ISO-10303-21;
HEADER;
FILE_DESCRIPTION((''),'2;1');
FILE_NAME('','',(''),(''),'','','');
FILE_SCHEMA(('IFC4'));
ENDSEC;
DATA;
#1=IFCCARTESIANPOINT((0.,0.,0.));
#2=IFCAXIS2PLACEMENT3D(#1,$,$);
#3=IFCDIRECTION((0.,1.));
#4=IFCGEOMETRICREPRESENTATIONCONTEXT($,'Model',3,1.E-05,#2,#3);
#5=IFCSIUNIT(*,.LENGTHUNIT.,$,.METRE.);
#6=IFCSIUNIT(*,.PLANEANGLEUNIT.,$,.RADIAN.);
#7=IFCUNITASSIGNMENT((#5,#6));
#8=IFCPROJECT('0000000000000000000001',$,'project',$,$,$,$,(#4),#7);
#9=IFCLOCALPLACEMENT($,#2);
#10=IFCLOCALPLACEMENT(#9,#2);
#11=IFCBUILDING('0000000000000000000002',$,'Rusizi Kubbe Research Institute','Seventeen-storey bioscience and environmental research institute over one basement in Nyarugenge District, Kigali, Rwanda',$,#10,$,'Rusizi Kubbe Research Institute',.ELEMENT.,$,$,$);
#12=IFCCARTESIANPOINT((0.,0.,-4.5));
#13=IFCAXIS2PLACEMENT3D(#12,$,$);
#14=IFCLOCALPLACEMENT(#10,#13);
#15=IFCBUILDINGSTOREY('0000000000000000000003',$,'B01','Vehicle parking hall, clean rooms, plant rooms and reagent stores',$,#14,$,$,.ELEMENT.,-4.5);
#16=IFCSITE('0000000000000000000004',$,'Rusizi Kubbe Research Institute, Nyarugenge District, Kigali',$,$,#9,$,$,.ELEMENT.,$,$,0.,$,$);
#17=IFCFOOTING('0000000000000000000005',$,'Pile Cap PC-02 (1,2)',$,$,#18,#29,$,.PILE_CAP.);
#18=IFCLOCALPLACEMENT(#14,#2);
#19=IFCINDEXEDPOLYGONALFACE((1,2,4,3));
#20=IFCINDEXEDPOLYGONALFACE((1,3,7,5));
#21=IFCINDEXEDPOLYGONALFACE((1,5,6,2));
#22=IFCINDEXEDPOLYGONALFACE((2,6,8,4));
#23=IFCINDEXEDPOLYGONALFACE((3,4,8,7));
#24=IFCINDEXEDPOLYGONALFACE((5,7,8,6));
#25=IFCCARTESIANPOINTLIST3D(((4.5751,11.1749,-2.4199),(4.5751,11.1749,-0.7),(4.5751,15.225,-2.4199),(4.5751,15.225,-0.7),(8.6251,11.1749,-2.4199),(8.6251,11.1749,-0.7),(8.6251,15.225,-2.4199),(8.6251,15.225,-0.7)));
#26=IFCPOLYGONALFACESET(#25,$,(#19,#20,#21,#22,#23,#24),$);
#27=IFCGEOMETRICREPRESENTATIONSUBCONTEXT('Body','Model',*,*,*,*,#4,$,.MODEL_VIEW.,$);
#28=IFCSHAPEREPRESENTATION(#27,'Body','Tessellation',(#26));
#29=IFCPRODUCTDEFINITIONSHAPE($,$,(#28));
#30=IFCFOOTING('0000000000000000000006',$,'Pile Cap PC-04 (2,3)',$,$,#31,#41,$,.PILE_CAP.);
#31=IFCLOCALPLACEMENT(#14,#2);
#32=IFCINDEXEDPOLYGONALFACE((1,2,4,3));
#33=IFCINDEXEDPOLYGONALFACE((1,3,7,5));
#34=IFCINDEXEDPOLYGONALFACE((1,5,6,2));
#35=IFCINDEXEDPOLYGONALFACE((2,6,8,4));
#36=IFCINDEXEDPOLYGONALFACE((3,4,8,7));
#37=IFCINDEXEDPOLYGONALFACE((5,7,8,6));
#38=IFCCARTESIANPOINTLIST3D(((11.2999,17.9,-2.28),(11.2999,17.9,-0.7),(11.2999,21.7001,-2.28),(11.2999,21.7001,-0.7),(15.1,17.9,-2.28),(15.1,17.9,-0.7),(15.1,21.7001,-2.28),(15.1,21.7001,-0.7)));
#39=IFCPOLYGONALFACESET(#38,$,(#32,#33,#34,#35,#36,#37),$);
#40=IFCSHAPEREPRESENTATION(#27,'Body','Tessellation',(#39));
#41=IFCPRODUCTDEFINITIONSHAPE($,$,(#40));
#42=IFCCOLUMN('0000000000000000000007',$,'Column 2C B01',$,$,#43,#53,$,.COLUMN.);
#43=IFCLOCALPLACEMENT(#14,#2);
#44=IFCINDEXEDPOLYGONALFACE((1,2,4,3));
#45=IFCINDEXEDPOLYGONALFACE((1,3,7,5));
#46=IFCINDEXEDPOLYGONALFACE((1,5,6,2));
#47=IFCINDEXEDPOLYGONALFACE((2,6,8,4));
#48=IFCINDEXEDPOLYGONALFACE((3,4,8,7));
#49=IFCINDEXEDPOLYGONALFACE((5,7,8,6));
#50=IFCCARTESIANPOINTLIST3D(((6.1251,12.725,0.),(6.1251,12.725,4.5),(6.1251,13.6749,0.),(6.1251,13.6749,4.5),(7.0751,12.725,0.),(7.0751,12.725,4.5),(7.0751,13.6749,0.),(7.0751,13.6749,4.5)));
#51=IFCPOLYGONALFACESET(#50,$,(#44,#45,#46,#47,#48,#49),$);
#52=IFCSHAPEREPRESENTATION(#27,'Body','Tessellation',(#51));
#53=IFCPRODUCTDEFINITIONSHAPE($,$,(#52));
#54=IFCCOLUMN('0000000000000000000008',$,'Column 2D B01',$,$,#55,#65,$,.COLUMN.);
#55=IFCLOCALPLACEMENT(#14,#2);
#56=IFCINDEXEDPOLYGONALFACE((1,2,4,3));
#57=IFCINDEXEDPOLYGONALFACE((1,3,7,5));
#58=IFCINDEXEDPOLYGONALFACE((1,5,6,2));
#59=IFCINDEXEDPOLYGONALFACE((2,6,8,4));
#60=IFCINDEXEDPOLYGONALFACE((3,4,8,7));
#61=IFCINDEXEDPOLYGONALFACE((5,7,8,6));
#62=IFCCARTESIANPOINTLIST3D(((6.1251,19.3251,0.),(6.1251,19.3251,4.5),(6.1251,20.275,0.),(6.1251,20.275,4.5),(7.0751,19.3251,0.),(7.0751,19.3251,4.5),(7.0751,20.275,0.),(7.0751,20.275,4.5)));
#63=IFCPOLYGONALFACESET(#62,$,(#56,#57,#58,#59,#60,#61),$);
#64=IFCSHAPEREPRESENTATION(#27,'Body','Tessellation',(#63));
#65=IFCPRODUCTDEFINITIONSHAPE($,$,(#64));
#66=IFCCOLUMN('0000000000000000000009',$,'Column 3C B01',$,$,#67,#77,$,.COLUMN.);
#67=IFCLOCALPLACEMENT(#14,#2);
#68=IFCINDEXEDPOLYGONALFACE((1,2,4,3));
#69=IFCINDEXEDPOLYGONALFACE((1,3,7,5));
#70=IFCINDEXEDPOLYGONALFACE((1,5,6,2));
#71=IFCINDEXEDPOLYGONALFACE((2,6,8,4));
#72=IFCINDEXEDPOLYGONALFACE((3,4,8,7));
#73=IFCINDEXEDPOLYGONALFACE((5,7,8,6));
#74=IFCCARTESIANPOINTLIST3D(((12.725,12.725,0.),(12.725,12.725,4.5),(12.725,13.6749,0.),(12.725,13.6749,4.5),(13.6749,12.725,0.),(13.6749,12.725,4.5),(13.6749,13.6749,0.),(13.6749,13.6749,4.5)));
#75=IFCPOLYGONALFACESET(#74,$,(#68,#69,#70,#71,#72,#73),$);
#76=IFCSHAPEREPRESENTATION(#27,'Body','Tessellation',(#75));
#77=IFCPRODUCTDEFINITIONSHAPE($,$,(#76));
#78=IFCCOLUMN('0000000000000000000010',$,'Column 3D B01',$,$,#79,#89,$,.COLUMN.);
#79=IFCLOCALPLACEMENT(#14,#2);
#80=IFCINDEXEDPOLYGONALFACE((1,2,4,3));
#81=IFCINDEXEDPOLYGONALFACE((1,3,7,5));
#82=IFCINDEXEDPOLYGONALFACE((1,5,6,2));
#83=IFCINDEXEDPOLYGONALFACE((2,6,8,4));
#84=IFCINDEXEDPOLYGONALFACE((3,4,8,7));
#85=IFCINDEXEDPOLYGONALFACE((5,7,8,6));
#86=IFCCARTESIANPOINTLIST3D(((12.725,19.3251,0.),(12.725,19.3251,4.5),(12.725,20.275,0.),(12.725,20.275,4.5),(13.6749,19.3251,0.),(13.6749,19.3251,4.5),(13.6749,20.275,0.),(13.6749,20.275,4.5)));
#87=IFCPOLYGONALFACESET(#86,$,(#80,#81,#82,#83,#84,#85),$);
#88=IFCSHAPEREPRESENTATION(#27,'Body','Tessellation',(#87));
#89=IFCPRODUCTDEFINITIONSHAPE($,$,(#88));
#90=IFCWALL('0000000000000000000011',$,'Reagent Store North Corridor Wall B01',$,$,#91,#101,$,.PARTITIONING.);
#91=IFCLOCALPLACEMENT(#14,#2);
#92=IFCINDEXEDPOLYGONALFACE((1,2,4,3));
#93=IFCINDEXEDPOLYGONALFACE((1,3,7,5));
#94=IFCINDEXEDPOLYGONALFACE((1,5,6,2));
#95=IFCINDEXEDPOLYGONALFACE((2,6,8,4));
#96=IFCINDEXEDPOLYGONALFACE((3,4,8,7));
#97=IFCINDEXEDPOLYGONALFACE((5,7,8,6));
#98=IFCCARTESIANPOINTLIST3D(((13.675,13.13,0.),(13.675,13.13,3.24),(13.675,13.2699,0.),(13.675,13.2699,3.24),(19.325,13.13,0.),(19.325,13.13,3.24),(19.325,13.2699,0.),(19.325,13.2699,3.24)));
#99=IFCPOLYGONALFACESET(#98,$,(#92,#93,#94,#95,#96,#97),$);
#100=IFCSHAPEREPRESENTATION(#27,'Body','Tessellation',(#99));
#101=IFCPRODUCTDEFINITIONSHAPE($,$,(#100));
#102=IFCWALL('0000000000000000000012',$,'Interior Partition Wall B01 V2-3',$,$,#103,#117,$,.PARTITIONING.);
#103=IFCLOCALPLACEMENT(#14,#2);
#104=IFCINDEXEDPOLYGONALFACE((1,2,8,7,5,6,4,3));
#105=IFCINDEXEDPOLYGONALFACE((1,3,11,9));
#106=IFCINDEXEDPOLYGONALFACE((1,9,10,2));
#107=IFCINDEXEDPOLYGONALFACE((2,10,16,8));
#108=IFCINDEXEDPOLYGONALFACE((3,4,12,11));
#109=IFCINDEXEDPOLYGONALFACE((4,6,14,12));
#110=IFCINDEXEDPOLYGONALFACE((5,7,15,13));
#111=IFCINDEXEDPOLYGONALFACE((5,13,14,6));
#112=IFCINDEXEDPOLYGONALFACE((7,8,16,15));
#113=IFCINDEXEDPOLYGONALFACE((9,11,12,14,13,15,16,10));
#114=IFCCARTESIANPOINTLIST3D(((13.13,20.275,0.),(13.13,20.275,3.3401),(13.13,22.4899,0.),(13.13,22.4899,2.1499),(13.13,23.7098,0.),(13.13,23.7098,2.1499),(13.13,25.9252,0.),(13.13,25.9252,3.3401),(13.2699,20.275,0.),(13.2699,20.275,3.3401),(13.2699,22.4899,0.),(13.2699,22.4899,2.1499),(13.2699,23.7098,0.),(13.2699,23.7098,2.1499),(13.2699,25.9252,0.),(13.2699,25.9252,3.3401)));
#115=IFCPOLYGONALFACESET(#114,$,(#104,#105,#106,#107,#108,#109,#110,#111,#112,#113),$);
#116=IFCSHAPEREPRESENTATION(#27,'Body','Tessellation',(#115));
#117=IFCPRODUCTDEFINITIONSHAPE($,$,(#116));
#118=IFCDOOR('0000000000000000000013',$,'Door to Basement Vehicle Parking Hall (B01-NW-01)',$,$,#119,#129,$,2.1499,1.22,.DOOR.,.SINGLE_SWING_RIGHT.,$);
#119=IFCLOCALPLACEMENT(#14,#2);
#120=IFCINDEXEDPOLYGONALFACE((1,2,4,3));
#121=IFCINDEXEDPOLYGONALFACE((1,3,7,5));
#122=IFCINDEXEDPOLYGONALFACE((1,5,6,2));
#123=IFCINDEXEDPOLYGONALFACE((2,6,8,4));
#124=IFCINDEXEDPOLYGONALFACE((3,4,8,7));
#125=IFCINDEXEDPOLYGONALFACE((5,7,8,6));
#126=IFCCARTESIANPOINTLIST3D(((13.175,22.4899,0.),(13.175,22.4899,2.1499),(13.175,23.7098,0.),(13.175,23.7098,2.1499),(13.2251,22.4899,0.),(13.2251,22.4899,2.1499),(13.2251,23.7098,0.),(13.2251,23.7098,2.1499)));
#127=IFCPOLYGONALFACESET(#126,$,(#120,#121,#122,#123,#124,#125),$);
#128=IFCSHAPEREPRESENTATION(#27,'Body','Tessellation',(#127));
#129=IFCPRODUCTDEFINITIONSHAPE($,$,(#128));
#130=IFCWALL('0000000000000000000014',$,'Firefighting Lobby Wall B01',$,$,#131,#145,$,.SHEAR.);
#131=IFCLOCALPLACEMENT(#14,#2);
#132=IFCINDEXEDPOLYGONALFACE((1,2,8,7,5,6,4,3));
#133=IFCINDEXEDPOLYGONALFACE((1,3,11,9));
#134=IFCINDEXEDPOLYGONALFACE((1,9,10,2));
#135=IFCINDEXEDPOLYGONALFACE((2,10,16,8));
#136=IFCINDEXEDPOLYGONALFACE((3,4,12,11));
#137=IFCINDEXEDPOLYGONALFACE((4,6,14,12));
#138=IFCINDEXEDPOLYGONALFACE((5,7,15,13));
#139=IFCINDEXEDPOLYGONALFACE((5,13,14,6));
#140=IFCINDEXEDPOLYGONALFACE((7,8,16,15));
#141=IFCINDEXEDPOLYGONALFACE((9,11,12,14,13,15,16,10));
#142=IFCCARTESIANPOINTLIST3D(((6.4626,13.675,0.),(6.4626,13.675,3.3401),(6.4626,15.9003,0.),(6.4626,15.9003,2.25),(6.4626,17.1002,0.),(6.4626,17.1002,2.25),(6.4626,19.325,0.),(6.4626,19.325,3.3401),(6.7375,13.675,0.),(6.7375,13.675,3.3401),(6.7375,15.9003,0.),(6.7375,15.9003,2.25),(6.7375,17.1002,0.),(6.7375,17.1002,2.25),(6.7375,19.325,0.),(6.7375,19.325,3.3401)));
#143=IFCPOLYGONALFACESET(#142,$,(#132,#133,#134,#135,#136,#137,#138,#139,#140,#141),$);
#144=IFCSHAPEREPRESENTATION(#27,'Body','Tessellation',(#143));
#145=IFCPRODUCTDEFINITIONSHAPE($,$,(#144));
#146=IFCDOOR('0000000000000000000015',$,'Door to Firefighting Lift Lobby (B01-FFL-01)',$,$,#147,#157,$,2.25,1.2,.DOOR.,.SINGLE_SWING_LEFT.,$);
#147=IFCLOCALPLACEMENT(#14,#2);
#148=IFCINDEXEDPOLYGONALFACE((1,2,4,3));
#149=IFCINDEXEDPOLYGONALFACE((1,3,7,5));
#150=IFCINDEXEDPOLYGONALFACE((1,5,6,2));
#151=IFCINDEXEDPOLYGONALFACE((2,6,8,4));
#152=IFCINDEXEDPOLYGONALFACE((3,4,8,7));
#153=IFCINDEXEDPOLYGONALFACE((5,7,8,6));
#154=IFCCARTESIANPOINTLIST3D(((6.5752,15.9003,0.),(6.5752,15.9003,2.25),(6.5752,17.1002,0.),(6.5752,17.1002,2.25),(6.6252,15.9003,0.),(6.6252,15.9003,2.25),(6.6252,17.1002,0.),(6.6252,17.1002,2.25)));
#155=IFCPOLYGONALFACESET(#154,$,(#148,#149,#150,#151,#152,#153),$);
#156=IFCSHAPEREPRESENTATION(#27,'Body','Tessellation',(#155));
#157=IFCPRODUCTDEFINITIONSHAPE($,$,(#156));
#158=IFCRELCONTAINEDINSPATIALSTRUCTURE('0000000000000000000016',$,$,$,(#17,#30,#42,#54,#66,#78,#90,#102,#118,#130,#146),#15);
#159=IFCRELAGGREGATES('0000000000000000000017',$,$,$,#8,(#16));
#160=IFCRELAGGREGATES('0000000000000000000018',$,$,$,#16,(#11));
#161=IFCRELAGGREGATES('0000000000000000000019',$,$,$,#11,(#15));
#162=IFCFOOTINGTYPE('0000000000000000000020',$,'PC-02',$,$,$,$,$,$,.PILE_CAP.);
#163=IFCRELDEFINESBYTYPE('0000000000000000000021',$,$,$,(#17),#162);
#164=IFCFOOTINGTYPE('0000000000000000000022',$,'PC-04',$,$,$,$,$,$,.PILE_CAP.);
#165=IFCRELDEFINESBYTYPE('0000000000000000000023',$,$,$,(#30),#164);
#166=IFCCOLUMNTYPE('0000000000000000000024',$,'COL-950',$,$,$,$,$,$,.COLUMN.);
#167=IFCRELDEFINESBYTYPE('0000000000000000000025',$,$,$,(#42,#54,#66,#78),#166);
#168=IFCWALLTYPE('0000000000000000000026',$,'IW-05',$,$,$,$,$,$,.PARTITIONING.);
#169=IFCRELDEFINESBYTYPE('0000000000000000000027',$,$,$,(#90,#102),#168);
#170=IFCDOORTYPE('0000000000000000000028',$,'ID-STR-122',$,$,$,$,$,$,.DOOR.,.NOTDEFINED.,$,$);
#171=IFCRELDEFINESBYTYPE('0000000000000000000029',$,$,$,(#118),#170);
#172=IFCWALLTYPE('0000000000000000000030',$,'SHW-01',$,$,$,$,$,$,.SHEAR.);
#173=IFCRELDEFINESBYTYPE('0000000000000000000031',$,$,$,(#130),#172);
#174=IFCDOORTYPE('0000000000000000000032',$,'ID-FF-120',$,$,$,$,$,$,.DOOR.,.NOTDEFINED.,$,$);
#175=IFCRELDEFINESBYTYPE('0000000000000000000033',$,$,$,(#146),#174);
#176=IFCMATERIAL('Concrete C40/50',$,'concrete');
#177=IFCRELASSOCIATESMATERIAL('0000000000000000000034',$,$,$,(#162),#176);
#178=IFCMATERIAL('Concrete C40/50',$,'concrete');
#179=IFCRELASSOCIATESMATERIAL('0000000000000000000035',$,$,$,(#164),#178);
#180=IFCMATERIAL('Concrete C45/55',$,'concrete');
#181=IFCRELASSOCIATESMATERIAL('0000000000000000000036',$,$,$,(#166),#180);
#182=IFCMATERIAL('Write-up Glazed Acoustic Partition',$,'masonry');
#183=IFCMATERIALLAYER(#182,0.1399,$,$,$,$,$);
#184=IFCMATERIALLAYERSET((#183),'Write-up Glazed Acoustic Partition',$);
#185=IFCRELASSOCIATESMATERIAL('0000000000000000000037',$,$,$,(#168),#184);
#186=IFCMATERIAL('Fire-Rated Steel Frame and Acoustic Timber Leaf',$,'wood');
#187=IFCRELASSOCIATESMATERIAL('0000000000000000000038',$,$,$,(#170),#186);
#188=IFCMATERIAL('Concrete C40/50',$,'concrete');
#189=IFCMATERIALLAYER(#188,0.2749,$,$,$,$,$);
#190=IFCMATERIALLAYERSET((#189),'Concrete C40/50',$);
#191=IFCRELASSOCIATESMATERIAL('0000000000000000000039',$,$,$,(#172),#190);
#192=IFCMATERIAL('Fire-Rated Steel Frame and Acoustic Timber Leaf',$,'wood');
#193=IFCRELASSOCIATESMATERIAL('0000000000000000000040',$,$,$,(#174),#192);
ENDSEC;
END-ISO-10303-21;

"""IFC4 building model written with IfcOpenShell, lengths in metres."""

from ifc_helpers import new_model, si_unit, direction, frame, frame_2d, origin, origin_2d, place, context, subcontext, project, spatial, rectangle, extrude, material, layer, layer_set, material_profile, profile_set, type_object, element, fill, save


model = new_model("IFC4")

# Units and contexts
model_context = context("Model", 3, precision=1e-05, world=origin(), true_north=direction((0.0, 1.0)))
body_context = subcontext(model_context, "Body", "Model", "MODEL_VIEW")
ifc_project = project(units=[si_unit("LENGTHUNIT", "METRE"), si_unit("PLANEANGLEUNIT", "RADIAN")], contexts=[model_context])

# Site, building, storey
site_placement = place(None, origin())
site = spatial("IfcSite", under=ifc_project, at=site_placement, Name="Rusizi Kubbe Research Institute, Nyarugenge District, Kigali", CompositionType="ELEMENT", RefElevation=0.0)
building_placement = place(site_placement, origin())
building = spatial("IfcBuilding", under=site, at=building_placement, Name="Rusizi Kubbe Research Institute", Description="Seventeen-storey bioscience and environmental research institute over one basement in Nyarugenge District, Kigali, Rwanda", LongName="Rusizi Kubbe Research Institute", CompositionType="ELEMENT")
storey_placement = place(building_placement, frame((0.0, 0.0, -4.5)))
storey = spatial("IfcBuildingStorey", under=building, at=storey_placement, Name="B01", Description="Vehicle parking hall, clean rooms, plant rooms and reagent stores", CompositionType="ELEMENT", Elevation=-4.5)

# Footings
ifc_material_1 = material(Name="Concrete C40/50", Category="concrete")
footing_type_1 = type_object("IfcFootingType", Name="PC-02", PredefinedType="PILE_CAP", material=ifc_material_1)
footing_1_placement = place(storey_placement, frame((6.6001, 13.2, -2.4199), z_axis=(0.0, 0.0, 1.0), x_axis=(1.0, 0.0, 0.0)))
element("IfcFooting", 1, at=footing_1_placement, inside=storey, type_object=footing_type_1, Name="Pile Cap PC-02 (1,2)", PredefinedType="PILE_CAP", context=body_context, shape_type="SweptSolid", body=[
    extrude(rectangle(XDim=4.05, YDim=4.05, at=origin_2d()), origin(), (0.0, 0.0, 1.0), 1.72),
])
ifc_material_2 = material(Name="Concrete C40/50", Category="concrete")
footing_type_2 = type_object("IfcFootingType", Name="PC-04", PredefinedType="PILE_CAP", material=ifc_material_2)
footing_2_placement = place(storey_placement, frame((13.2, 19.8, -2.28), z_axis=(0.0, 0.0, 1.0), x_axis=(1.0, 0.0, 0.0)))
element("IfcFooting", 2, at=footing_2_placement, inside=storey, type_object=footing_type_2, Name="Pile Cap PC-04 (2,3)", PredefinedType="PILE_CAP", context=body_context, shape_type="SweptSolid", body=[
    extrude(rectangle(XDim=3.8, YDim=3.8, at=origin_2d()), origin(), (0.0, 0.0, 1.0), 1.5801),
])

# Columns
ifc_material_3 = material(Name="Concrete C45/55", Category="concrete")
ifc_material_profile_1 = material_profile(ifc_material_3, rectangle(XDim=0.95, YDim=0.95, at=origin_2d()), Name="RC950x950")
ifc_profile_set_1 = profile_set([ifc_material_profile_1], Name="Concrete C45/55")
column_type = type_object("IfcColumnType", Name="COL-950", PredefinedType="COLUMN", material=ifc_profile_set_1)
for number, where, z_axis, x_axis, name in (
    (3, (6.6001, 13.2, 0.0), (0.0, 0.0, 1.0), (1.0, 0.0, 0.0), "Column 2C B01"),
    (4, (6.6001, 19.8, 0.0), (0.0, 0.0, 1.0), (1.0, 0.0, 0.0), "Column 2D B01"),
    (5, (13.2, 13.2, 0.0), (0.0, 0.0, 1.0), (1.0, 0.0, 0.0), "Column 3C B01"),
    (6, (13.2, 19.8, 0.0), (0.0, 0.0, 1.0), (1.0, 0.0, 0.0), "Column 3D B01"),
):
    element("IfcColumn", number, at=place(storey_placement, frame(where, z_axis=z_axis, x_axis=x_axis)), inside=storey, type_object=column_type, Name=name, PredefinedType="COLUMN", context=body_context, shape_type="SweptSolid", body=[
        extrude(rectangle(XDim=0.95, YDim=0.95, at=origin_2d()), origin(), (0.0, 0.0, 1.0), 4.5),
    ])

# Wall
ifc_material_4 = material(Name="Write-up Glazed Acoustic Partition", Category="masonry")
ifc_layer_1 = layer(ifc_material_4, 0.1399)
ifc_layer_set_1 = layer_set([ifc_layer_1], Name="Write-up Glazed Acoustic Partition")
wall_type_1 = type_object("IfcWallType", Name="IW-05", PredefinedType="PARTITIONING", material=ifc_layer_set_1)
wall_1_placement = place(storey_placement, frame((13.675, 13.2, 0.0), z_axis=(0.0, 0.0, 1.0), x_axis=(1.0, 0.0, 0.0)))
element("IfcWall", 7, at=wall_1_placement, inside=storey, type_object=wall_type_1, Name="Reagent Store North Corridor Wall B01", PredefinedType="PARTITIONING", context=body_context, shape_type="SweptSolid", body=[
    extrude(rectangle(XDim=5.6499, YDim=0.1399, at=frame_2d((2.825, 0.0))), origin(), (0.0, 0.0, 1.0), 3.24),
])

# Walls, openings, doors
wall_2_placement = place(storey_placement, frame((13.2, 20.2749, 0.0), z_axis=(0.0, 0.0, 1.0), x_axis=(0.0, 1.0, 0.0)))
wall_2 = element("IfcWall", 8, at=wall_2_placement, inside=storey, type_object=wall_type_1, Name="Interior Partition Wall B01 V2-3", PredefinedType="PARTITIONING", context=body_context, shape_type="SweptSolid", body=[
    extrude(rectangle(XDim=5.6501, YDim=0.1399, at=frame_2d((2.8252, 0.0))), origin(), (0.0, 0.0, 1.0), 3.3401),
])
opening_1_placement = place(wall_2_placement, frame((2.2151, 0.0, 0.0)))
opening_1 = element("IfcOpeningElement", 9, at=opening_1_placement, cuts=wall_2, PredefinedType="OPENING", context=body_context, shape_type="SweptSolid", body=[
    extrude(rectangle(XDim=1.22, YDim=2.1499, at=frame_2d((0.6099, 1.075))), frame((0.0, 0.0798, 0.0), z_axis=(0.0, -1.0, 0.0), x_axis=(1.0, 0.0, 0.0)), (0.0, 0.0, 1.0), 0.1599),
])
ifc_material_5 = material(Name="Fire-Rated Steel Frame and Acoustic Timber Leaf", Category="wood")
door_type_1 = type_object("IfcDoorType", Name="ID-STR-122", OperationType="NOTDEFINED", PredefinedType="DOOR", material=ifc_material_5)
door_1_placement = place(opening_1_placement, origin())
door_1 = element("IfcDoor", 10, at=door_1_placement, inside=storey, type_object=door_type_1, Name="Door to Basement Vehicle Parking Hall (B01-NW-01)", OperationType="SINGLE_SWING_RIGHT", OverallHeight=2.1499, OverallWidth=1.22, PredefinedType="DOOR", context=body_context, shape_type="SweptSolid", body=[
    extrude(rectangle(XDim=1.22, YDim=2.1499, at=frame_2d((0.6099, 1.075))), frame((0.0, 0.0249, 0.0), z_axis=(0.0, -1.0, 0.0), x_axis=(1.0, 0.0, 0.0)), (0.0, 0.0, 1.0), 0.05),
])
fill(opening_1, door_1)
ifc_material_6 = material(Name="Concrete C40/50", Category="concrete")
ifc_layer_2 = layer(ifc_material_6, 0.2749)
ifc_layer_set_2 = layer_set([ifc_layer_2], Name="Concrete C40/50")
wall_type_2 = type_object("IfcWallType", Name="SHW-01", PredefinedType="SHEAR", material=ifc_layer_set_2)
wall_3_placement = place(storey_placement, frame((6.6001, 13.675, 0.0), z_axis=(0.0, 0.0, 1.0), x_axis=(0.0, 1.0, 0.0)))
wall_3 = element("IfcWall", 11, at=wall_3_placement, inside=storey, type_object=wall_type_2, Name="Firefighting Lobby Wall B01", PredefinedType="SHEAR", context=body_context, shape_type="SweptSolid", body=[
    extrude(rectangle(XDim=5.6499, YDim=0.2749, at=frame_2d((2.825, 0.0))), origin(), (0.0, 0.0, 1.0), 3.3401),
])
opening_2_placement = place(wall_3_placement, frame((2.2251, 0.0, 0.0)))
opening_2 = element("IfcOpeningElement", 12, at=opening_2_placement, cuts=wall_3, PredefinedType="OPENING", context=body_context, shape_type="SweptSolid", body=[
    extrude(rectangle(XDim=1.2, YDim=2.25, at=frame_2d((0.6001, 1.125))), frame((0.0, 0.1475, 0.0), z_axis=(0.0, -1.0, 0.0), x_axis=(1.0, 0.0, 0.0)), (0.0, 0.0, 1.0), 0.2949),
])
ifc_material_7 = material(Name="Fire-Rated Steel Frame and Acoustic Timber Leaf", Category="wood")
door_type_2 = type_object("IfcDoorType", Name="ID-FF-120", OperationType="NOTDEFINED", PredefinedType="DOOR", material=ifc_material_7)
door_2_placement = place(opening_2_placement, origin())
door_2 = element("IfcDoor", 13, at=door_2_placement, inside=storey, type_object=door_type_2, Name="Door to Firefighting Lift Lobby (B01-FFL-01)", OperationType="SINGLE_SWING_LEFT", OverallHeight=2.25, OverallWidth=1.2, PredefinedType="DOOR", context=body_context, shape_type="SweptSolid", body=[
    extrude(rectangle(XDim=1.2, YDim=2.25, at=frame_2d((0.6001, 1.125))), frame((0.0, 0.0249, 0.0), z_axis=(0.0, -1.0, 0.0), x_axis=(1.0, 0.0, 0.0)), (0.0, 0.0, 1.0), 0.05),
])
fill(opening_2, door_2)

save(model, "model.ifc")
